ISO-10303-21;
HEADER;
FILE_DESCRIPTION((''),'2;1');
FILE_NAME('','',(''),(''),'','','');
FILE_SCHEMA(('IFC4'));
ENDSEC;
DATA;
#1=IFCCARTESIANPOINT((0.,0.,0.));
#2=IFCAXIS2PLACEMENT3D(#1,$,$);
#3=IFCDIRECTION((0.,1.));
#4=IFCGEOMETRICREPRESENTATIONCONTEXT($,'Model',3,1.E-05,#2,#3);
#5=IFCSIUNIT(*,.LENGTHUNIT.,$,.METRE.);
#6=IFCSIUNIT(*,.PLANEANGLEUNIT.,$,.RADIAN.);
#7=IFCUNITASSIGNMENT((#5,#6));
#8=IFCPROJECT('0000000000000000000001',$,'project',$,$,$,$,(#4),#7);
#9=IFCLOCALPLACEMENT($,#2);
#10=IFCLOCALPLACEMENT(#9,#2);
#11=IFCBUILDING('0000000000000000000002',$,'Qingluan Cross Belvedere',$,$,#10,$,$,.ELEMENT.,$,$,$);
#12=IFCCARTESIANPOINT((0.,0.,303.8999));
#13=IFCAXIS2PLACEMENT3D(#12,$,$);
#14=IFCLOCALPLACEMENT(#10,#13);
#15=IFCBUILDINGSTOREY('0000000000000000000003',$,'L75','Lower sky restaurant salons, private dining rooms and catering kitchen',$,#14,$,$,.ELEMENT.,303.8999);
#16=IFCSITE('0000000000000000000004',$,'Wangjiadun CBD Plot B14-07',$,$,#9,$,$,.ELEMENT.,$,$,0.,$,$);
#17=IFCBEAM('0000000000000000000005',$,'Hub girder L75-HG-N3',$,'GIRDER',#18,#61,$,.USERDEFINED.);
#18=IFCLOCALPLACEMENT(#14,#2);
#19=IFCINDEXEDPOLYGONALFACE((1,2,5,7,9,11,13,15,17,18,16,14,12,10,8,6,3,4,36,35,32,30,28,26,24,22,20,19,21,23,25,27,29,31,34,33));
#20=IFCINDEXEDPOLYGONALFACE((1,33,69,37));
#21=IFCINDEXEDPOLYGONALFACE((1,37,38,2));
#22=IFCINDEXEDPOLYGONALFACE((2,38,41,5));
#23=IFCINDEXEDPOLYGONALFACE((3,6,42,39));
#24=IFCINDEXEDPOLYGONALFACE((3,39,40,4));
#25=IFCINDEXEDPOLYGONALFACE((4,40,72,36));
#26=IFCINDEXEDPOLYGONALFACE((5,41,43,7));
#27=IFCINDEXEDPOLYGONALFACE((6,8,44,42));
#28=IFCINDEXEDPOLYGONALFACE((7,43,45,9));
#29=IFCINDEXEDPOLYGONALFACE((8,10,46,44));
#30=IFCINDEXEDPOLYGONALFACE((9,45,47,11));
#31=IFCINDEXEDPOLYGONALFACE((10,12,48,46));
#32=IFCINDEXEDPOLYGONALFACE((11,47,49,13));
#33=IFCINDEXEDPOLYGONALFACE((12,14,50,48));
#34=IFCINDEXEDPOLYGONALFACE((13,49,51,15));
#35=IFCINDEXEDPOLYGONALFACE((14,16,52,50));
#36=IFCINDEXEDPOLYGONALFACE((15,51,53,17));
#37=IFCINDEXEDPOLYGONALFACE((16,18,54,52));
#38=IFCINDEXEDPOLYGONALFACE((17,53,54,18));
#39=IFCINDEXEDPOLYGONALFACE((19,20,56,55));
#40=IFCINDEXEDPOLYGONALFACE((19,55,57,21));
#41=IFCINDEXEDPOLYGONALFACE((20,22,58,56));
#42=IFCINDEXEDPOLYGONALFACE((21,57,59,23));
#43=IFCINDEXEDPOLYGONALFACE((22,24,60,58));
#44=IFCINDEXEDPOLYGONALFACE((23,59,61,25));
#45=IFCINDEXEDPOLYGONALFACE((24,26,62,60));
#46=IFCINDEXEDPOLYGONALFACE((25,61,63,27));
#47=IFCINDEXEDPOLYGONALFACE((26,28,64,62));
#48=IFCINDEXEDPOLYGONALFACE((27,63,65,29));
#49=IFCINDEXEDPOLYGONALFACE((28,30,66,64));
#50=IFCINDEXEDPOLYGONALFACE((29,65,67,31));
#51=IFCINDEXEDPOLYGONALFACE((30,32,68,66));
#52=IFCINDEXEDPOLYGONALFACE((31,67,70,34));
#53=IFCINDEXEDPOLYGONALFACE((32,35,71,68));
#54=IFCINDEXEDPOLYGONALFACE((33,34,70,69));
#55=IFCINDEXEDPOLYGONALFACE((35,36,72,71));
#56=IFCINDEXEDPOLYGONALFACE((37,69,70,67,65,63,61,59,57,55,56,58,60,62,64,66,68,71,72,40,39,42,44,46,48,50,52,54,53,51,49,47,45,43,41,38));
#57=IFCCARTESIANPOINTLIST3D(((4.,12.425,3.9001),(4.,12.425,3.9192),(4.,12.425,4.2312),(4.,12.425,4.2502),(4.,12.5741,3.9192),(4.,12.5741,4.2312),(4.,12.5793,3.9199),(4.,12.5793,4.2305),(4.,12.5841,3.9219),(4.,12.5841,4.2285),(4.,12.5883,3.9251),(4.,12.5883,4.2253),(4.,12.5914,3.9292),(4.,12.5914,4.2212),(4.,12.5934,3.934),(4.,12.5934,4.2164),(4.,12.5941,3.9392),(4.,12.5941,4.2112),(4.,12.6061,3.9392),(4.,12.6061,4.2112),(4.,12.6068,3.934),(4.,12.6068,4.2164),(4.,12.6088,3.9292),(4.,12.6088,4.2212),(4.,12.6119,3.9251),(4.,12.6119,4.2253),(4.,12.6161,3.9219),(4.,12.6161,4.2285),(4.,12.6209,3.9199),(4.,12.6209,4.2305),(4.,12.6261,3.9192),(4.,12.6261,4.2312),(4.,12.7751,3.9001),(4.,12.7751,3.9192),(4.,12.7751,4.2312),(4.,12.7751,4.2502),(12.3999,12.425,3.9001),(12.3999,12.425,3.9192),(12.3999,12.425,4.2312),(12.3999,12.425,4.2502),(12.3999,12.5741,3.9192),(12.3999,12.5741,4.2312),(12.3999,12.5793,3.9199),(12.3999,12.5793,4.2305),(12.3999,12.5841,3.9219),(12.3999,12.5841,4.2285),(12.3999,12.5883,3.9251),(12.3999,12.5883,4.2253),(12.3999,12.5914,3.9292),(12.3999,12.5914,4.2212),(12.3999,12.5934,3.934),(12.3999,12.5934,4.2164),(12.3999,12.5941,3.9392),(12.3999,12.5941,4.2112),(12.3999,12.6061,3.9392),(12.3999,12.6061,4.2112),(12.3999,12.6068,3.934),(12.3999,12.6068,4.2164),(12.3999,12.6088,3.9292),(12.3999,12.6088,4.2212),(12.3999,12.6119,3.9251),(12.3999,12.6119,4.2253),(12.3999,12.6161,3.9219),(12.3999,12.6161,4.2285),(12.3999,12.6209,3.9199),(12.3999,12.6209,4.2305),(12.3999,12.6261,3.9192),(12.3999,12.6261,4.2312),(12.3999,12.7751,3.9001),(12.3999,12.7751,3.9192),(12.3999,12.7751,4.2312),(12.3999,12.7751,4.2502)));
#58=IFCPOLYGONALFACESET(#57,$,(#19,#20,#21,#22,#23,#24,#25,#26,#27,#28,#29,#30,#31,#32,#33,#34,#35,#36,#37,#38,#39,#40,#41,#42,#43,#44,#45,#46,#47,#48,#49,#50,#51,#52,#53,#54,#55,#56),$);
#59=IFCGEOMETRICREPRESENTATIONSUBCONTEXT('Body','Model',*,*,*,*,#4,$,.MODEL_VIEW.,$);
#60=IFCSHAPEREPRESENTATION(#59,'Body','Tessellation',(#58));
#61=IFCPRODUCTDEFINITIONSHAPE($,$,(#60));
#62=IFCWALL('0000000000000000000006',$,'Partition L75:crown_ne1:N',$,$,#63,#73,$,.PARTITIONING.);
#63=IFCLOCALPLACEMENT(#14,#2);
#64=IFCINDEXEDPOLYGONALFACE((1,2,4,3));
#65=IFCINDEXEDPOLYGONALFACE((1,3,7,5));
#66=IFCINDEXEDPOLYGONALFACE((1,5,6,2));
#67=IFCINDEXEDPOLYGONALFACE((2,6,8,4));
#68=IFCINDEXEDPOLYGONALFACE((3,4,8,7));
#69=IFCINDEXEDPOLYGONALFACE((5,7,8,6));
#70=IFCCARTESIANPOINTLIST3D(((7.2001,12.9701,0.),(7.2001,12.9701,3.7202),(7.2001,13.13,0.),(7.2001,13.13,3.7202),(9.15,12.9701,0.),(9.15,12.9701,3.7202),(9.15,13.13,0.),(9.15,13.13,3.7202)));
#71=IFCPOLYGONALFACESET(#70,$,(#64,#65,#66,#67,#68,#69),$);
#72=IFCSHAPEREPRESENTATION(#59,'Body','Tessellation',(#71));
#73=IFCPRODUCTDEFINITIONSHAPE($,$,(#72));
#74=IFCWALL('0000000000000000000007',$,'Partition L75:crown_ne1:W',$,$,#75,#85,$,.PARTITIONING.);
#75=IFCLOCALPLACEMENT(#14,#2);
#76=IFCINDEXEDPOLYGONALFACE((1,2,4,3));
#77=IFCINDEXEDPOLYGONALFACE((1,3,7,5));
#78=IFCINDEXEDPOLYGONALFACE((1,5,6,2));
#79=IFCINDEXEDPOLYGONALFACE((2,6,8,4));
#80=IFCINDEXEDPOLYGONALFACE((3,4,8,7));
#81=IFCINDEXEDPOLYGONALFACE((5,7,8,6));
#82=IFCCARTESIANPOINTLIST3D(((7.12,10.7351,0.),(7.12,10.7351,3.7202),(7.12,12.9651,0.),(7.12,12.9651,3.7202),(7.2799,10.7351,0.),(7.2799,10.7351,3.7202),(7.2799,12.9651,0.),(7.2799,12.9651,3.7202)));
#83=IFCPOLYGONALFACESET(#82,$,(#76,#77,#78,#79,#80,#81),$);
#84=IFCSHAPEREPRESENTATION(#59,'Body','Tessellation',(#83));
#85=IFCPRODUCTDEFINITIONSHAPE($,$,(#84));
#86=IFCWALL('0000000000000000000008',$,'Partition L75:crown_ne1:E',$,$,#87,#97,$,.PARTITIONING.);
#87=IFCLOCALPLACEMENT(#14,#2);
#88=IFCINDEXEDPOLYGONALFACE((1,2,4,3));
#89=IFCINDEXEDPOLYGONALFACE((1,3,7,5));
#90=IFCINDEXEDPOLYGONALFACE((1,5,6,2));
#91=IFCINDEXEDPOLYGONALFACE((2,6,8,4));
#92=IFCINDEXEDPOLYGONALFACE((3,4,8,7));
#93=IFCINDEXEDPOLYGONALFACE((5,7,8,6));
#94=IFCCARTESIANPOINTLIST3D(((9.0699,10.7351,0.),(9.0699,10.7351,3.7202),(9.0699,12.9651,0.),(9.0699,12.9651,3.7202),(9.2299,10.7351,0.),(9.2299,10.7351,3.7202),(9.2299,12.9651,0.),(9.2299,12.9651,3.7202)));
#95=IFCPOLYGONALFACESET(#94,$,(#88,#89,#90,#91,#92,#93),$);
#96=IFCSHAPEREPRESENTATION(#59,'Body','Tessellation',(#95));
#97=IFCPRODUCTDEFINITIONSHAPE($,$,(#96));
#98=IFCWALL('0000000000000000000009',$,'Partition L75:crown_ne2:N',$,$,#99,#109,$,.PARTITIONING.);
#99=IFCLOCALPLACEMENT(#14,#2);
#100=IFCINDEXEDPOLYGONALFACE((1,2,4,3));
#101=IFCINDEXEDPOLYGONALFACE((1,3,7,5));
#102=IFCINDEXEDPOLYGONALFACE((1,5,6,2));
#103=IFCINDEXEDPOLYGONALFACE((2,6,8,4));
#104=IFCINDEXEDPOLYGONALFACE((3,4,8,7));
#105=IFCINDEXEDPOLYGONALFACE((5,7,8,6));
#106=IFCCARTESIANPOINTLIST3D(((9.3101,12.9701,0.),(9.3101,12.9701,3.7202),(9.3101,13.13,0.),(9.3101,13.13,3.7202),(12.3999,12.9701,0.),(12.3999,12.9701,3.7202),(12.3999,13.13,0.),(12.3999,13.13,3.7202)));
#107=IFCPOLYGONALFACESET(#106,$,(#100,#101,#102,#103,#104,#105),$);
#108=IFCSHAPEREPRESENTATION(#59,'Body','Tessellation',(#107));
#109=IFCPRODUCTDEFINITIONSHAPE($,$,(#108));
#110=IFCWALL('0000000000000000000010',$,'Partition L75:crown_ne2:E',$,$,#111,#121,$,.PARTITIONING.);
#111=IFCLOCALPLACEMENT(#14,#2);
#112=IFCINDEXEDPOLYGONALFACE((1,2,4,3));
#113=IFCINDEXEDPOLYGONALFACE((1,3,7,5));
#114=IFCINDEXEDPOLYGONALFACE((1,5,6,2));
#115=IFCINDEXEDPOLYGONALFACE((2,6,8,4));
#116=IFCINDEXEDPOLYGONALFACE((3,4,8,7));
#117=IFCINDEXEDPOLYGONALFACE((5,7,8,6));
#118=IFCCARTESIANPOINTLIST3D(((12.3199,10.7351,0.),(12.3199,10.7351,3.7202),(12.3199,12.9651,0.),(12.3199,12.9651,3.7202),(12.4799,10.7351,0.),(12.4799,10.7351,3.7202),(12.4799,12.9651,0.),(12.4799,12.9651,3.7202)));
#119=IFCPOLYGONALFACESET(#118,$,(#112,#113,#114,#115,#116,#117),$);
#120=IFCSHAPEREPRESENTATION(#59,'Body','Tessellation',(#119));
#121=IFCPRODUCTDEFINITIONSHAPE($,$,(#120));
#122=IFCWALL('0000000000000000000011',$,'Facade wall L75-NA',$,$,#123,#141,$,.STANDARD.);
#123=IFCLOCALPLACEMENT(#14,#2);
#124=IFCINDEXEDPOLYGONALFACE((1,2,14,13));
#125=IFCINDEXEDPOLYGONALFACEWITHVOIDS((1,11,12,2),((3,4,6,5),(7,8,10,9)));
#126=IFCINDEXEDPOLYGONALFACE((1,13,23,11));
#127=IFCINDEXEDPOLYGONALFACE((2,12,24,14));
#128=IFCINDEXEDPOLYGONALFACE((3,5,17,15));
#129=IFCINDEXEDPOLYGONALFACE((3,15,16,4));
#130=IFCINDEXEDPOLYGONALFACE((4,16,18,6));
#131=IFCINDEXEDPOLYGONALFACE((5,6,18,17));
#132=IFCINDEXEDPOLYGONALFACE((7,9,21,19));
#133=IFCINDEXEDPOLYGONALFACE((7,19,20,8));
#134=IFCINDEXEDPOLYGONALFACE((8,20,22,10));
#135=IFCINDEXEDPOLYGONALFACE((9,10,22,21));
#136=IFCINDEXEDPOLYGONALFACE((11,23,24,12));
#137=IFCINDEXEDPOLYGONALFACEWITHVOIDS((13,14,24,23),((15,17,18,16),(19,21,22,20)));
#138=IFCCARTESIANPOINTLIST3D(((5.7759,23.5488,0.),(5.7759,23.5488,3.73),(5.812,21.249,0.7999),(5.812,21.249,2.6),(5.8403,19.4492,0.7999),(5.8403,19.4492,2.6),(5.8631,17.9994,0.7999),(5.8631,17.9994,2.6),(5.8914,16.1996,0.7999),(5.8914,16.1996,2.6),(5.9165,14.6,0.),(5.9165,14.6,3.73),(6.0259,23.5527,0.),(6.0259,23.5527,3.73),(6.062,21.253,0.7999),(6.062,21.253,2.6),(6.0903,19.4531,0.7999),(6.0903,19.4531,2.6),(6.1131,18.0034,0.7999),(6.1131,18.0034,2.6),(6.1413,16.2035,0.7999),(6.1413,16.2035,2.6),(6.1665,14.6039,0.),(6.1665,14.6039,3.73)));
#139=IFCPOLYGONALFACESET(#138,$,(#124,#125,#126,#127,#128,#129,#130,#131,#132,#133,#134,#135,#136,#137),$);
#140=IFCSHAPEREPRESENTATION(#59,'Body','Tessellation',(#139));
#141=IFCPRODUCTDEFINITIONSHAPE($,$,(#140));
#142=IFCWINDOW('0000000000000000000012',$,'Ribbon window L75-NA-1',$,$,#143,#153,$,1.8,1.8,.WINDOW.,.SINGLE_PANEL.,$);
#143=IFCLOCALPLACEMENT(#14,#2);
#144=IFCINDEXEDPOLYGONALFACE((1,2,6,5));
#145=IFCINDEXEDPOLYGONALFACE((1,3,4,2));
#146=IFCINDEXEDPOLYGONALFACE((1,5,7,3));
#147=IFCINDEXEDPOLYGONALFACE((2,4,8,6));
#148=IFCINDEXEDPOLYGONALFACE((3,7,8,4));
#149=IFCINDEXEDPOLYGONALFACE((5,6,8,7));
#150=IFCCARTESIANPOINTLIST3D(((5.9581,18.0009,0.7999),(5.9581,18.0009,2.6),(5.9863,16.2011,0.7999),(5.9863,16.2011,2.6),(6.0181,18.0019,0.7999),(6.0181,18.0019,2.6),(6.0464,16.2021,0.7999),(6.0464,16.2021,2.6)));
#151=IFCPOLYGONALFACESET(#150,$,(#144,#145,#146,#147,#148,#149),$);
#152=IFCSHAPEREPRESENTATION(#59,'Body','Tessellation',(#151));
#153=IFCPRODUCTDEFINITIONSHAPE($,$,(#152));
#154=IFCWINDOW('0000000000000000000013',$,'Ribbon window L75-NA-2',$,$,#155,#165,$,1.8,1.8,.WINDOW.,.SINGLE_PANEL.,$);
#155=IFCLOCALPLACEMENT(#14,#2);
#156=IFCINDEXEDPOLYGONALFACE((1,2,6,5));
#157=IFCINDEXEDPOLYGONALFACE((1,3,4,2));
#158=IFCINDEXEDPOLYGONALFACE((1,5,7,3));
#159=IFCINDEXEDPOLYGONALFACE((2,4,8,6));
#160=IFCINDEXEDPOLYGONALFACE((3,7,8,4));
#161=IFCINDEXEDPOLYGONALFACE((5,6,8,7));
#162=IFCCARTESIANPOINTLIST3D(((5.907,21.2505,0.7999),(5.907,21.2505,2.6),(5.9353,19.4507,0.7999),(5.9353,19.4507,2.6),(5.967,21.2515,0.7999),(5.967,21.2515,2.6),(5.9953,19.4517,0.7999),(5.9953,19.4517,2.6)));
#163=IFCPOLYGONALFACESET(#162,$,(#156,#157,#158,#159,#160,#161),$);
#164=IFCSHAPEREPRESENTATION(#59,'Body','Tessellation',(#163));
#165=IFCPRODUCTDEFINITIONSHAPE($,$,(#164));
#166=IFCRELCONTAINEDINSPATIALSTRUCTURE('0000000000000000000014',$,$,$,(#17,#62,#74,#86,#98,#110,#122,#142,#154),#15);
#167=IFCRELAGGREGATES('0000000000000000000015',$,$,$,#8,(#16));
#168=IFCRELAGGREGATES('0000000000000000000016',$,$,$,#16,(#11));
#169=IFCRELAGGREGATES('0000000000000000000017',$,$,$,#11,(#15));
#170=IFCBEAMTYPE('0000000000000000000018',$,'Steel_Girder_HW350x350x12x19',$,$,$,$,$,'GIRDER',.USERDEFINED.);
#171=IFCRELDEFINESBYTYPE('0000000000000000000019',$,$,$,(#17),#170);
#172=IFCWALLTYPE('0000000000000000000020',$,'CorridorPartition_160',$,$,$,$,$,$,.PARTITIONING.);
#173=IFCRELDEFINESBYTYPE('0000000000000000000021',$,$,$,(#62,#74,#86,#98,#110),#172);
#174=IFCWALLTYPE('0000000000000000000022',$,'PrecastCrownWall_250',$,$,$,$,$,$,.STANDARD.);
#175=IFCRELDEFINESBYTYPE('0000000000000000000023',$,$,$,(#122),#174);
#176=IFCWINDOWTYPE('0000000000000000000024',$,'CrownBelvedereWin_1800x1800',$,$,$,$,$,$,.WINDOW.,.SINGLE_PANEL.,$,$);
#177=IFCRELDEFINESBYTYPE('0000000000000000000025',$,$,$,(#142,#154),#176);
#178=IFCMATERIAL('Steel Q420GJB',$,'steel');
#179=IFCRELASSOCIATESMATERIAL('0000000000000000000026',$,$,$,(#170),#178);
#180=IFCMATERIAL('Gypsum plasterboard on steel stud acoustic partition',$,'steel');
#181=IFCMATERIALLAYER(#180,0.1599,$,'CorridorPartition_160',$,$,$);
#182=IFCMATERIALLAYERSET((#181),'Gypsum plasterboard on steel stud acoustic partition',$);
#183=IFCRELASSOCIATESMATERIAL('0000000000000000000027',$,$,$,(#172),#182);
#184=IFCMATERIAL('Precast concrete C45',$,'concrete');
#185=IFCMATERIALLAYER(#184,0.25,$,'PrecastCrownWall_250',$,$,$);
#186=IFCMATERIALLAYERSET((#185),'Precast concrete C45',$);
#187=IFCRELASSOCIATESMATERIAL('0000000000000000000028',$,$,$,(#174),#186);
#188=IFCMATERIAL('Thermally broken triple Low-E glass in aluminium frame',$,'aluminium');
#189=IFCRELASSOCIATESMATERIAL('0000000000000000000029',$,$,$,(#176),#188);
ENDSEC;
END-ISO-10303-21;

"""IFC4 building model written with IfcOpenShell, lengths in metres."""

from ifc_helpers import new_model, si_unit, direction, frame, frame_2d, origin, origin_2d, place, context, subcontext, project, spatial, rectangle, i_section, extrude, material, layer, layer_set, material_profile, profile_set, type_object, element, fill, save


model = new_model("IFC4")

# Units and contexts
model_context = context("Model", 3, precision=1e-05, world=origin(), true_north=direction((0.0, 1.0)))
body_context = subcontext(model_context, "Body", "Model", "MODEL_VIEW")
ifc_project = project(units=[si_unit("LENGTHUNIT", "METRE"), si_unit("PLANEANGLEUNIT", "RADIAN")], contexts=[model_context])

# Site, building, storey
site_placement = place(None, origin())
site = spatial("IfcSite", under=ifc_project, at=site_placement, Name="Wangjiadun CBD Plot B14-07", CompositionType="ELEMENT", RefElevation=0.0)
building_placement = place(site_placement, origin())
building = spatial("IfcBuilding", under=site, at=building_placement, Name="Qingluan Cross Belvedere", CompositionType="ELEMENT")
storey_placement = place(building_placement, frame((0.0, 0.0, 303.8999)))
storey = spatial("IfcBuildingStorey", under=building, at=storey_placement, Name="L75", Description="Lower sky restaurant salons, private dining rooms and catering kitchen", CompositionType="ELEMENT", Elevation=303.8999)

# Beam
ifc_material_1 = material(Name="Steel Q420GJB", Category="steel")
ifc_material_profile_1 = material_profile(ifc_material_1, i_section(OverallWidth=0.3501, OverallDepth=0.3501, WebThickness=0.012, FlangeThickness=0.019, FilletRadius=0.02, at=origin_2d()), Name="HW350x350x12x19")
ifc_profile_set_1 = profile_set([ifc_material_profile_1], Name="Steel Q420GJB")
beam_type = type_object("IfcBeamType", Name="Steel_Girder_HW350x350x12x19", ElementType="GIRDER", PredefinedType="USERDEFINED", material=ifc_profile_set_1)
beam_placement = place(storey_placement, frame((4.0, 12.6001, 4.0752), z_axis=(1.0, 0.0, 0.0), x_axis=(0.0, 1.0, 0.0)))
element("IfcBeam", 1, at=beam_placement, inside=storey, type_object=beam_type, Name="Hub girder L75-HG-N3", ObjectType="GIRDER", PredefinedType="USERDEFINED", context=body_context, shape_type="SweptSolid", body=[
    extrude(i_section(OverallWidth=0.3501, OverallDepth=0.3501, WebThickness=0.012, FlangeThickness=0.019, FilletRadius=0.02, at=origin_2d()), origin(), (0.0, 0.0, 1.0), 8.3999),
])

# Walls
ifc_material_2 = material(Name="Gypsum plasterboard on steel stud acoustic partition", Category="steel")
ifc_layer_1 = layer(ifc_material_2, 0.1599, Name="CorridorPartition_160")
ifc_layer_set_1 = layer_set([ifc_layer_1], Name="Gypsum plasterboard on steel stud acoustic partition")
wall_type_1 = type_object("IfcWallType", Name="CorridorPartition_160", PredefinedType="PARTITIONING", material=ifc_layer_set_1)
wall_1_placement = place(storey_placement, frame((7.2, 13.05, 0.0), z_axis=(0.0, 0.0, 1.0), x_axis=(1.0, 0.0, 0.0)))
element("IfcWall", 2, at=wall_1_placement, inside=storey, type_object=wall_type_1, Name="Partition L75:crown_ne1:N", PredefinedType="PARTITIONING", context=body_context, shape_type="SweptSolid", body=[
    extrude(rectangle(XDim=1.95, YDim=0.1599, at=frame_2d((0.9751, 0.0))), origin(), (0.0, 0.0, 1.0), 3.7202),
])
for number, where, z_axis, x_axis, name in (
    (3, (7.2, 10.7351, 0.0), (0.0, 0.0, 1.0), (0.0, 1.0, 0.0), "Partition L75:crown_ne1:W"),
    (4, (9.1499, 10.7351, 0.0), (0.0, 0.0, 1.0), (0.0, 1.0, 0.0), "Partition L75:crown_ne1:E"),
):
    element("IfcWall", number, at=place(storey_placement, frame(where, z_axis=z_axis, x_axis=x_axis)), inside=storey, type_object=wall_type_1, Name=name, PredefinedType="PARTITIONING", context=body_context, shape_type="SweptSolid", body=[
        extrude(rectangle(XDim=2.23, YDim=0.1599, at=frame_2d((1.115, 0.0))), origin(), (0.0, 0.0, 1.0), 3.7202),
    ])
wall_2_placement = place(storey_placement, frame((9.3101, 13.05, 0.0), z_axis=(0.0, 0.0, 1.0), x_axis=(1.0, 0.0, 0.0)))
element("IfcWall", 5, at=wall_2_placement, inside=storey, type_object=wall_type_1, Name="Partition L75:crown_ne2:N", PredefinedType="PARTITIONING", context=body_context, shape_type="SweptSolid", body=[
    extrude(rectangle(XDim=3.0898, YDim=0.1599, at=frame_2d((1.5449, 0.0))), origin(), (0.0, 0.0, 1.0), 3.7202),
])
wall_3_placement = place(storey_placement, frame((12.3999, 10.7351, 0.0), z_axis=(0.0, 0.0, 1.0), x_axis=(0.0, 1.0, 0.0)))
element("IfcWall", 6, at=wall_3_placement, inside=storey, type_object=wall_type_1, Name="Partition L75:crown_ne2:E", PredefinedType="PARTITIONING", context=body_context, shape_type="SweptSolid", body=[
    extrude(rectangle(XDim=2.23, YDim=0.1599, at=frame_2d((1.115, 0.0))), origin(), (0.0, 0.0, 1.0), 3.7202),
])

# Wall, openings, windows
ifc_material_3 = material(Name="Precast concrete C45", Category="concrete")
ifc_layer_2 = layer(ifc_material_3, 0.25, Name="PrecastCrownWall_250")
ifc_layer_set_2 = layer_set([ifc_layer_2], Name="Precast concrete C45")
wall_type_2 = type_object("IfcWallType", Name="PrecastCrownWall_250", PredefinedType="STANDARD", material=ifc_layer_set_2)
wall_4_placement = place(storey_placement, frame((6.0415, 14.6018, 0.0), z_axis=(0.0, 0.0, 1.0), x_axis=(-0.015713, 0.999877, 0.0)))
wall_4 = element("IfcWall", 7, at=wall_4_placement, inside=storey, type_object=wall_type_2, Name="Facade wall L75-NA", PredefinedType="STANDARD", context=body_context, shape_type="SweptSolid", body=[
    extrude(rectangle(XDim=8.95, YDim=0.25, at=frame_2d((4.4751, 0.0))), origin(), (0.0, 0.0, 1.0), 3.73),
])
opening_1_placement = place(wall_4_placement, frame((1.6001, 0.0, 0.8)))
opening_1 = element("IfcOpeningElement", 8, at=opening_1_placement, cuts=wall_4, PredefinedType="OPENING", context=body_context, shape_type="SweptSolid", body=[
    extrude(rectangle(XDim=1.8, YDim=1.8, at=frame_2d((0.8999, 0.8999))), frame((0.0, 0.135, 0.0), z_axis=(0.0, -1.0, 0.0), x_axis=(1.0, 0.0, 0.0)), (0.0, 0.0, 1.0), 0.27),
])
opening_2_placement = place(wall_4_placement, frame((4.8501, 0.0, 0.8)))
opening_2 = element("IfcOpeningElement", 9, at=opening_2_placement, cuts=wall_4, PredefinedType="OPENING", context=body_context, shape_type="SweptSolid", body=[
    extrude(rectangle(XDim=1.8, YDim=1.8, at=frame_2d((0.8999, 0.8999))), frame((0.0, 0.135, 0.0), z_axis=(0.0, -1.0, 0.0), x_axis=(1.0, 0.0, 0.0)), (0.0, 0.0, 1.0), 0.27),
])
ifc_material_4 = material(Name="Thermally broken triple Low-E glass in aluminium frame", Category="aluminium")
window_type = type_object("IfcWindowType", Name="CrownBelvedereWin_1800x1800", PartitioningType="SINGLE_PANEL", PredefinedType="WINDOW", material=ifc_material_4)
window_1_placement = place(opening_1_placement, origin())
window_1 = element("IfcWindow", 10, at=window_1_placement, inside=storey, type_object=window_type, Name="Ribbon window L75-NA-1", OverallHeight=1.8, OverallWidth=1.8, PartitioningType="SINGLE_PANEL", PredefinedType="WINDOW", context=body_context, shape_type="SweptSolid", body=[
    extrude(rectangle(XDim=1.8, YDim=1.8, at=frame_2d((0.8999, 0.8999))), frame((0.0, 0.03, 0.0), z_axis=(0.0, -1.0, 0.0), x_axis=(1.0, 0.0, 0.0)), (0.0, 0.0, 1.0), 0.0601),
])
fill(opening_1, window_1)
window_2_placement = place(opening_2_placement, origin())
window_2 = element("IfcWindow", 11, at=window_2_placement, inside=storey, type_object=window_type, Name="Ribbon window L75-NA-2", OverallHeight=1.8, OverallWidth=1.8, PartitioningType="SINGLE_PANEL", PredefinedType="WINDOW", context=body_context, shape_type="SweptSolid", body=[
    extrude(rectangle(XDim=1.8, YDim=1.8, at=frame_2d((0.8999, 0.8999))), frame((0.0, 0.03, 0.0), z_axis=(0.0, -1.0, 0.0), x_axis=(1.0, 0.0, 0.0)), (0.0, 0.0, 1.0), 0.0601),
])
fill(opening_2, window_2)

save(model, "model.ifc")
